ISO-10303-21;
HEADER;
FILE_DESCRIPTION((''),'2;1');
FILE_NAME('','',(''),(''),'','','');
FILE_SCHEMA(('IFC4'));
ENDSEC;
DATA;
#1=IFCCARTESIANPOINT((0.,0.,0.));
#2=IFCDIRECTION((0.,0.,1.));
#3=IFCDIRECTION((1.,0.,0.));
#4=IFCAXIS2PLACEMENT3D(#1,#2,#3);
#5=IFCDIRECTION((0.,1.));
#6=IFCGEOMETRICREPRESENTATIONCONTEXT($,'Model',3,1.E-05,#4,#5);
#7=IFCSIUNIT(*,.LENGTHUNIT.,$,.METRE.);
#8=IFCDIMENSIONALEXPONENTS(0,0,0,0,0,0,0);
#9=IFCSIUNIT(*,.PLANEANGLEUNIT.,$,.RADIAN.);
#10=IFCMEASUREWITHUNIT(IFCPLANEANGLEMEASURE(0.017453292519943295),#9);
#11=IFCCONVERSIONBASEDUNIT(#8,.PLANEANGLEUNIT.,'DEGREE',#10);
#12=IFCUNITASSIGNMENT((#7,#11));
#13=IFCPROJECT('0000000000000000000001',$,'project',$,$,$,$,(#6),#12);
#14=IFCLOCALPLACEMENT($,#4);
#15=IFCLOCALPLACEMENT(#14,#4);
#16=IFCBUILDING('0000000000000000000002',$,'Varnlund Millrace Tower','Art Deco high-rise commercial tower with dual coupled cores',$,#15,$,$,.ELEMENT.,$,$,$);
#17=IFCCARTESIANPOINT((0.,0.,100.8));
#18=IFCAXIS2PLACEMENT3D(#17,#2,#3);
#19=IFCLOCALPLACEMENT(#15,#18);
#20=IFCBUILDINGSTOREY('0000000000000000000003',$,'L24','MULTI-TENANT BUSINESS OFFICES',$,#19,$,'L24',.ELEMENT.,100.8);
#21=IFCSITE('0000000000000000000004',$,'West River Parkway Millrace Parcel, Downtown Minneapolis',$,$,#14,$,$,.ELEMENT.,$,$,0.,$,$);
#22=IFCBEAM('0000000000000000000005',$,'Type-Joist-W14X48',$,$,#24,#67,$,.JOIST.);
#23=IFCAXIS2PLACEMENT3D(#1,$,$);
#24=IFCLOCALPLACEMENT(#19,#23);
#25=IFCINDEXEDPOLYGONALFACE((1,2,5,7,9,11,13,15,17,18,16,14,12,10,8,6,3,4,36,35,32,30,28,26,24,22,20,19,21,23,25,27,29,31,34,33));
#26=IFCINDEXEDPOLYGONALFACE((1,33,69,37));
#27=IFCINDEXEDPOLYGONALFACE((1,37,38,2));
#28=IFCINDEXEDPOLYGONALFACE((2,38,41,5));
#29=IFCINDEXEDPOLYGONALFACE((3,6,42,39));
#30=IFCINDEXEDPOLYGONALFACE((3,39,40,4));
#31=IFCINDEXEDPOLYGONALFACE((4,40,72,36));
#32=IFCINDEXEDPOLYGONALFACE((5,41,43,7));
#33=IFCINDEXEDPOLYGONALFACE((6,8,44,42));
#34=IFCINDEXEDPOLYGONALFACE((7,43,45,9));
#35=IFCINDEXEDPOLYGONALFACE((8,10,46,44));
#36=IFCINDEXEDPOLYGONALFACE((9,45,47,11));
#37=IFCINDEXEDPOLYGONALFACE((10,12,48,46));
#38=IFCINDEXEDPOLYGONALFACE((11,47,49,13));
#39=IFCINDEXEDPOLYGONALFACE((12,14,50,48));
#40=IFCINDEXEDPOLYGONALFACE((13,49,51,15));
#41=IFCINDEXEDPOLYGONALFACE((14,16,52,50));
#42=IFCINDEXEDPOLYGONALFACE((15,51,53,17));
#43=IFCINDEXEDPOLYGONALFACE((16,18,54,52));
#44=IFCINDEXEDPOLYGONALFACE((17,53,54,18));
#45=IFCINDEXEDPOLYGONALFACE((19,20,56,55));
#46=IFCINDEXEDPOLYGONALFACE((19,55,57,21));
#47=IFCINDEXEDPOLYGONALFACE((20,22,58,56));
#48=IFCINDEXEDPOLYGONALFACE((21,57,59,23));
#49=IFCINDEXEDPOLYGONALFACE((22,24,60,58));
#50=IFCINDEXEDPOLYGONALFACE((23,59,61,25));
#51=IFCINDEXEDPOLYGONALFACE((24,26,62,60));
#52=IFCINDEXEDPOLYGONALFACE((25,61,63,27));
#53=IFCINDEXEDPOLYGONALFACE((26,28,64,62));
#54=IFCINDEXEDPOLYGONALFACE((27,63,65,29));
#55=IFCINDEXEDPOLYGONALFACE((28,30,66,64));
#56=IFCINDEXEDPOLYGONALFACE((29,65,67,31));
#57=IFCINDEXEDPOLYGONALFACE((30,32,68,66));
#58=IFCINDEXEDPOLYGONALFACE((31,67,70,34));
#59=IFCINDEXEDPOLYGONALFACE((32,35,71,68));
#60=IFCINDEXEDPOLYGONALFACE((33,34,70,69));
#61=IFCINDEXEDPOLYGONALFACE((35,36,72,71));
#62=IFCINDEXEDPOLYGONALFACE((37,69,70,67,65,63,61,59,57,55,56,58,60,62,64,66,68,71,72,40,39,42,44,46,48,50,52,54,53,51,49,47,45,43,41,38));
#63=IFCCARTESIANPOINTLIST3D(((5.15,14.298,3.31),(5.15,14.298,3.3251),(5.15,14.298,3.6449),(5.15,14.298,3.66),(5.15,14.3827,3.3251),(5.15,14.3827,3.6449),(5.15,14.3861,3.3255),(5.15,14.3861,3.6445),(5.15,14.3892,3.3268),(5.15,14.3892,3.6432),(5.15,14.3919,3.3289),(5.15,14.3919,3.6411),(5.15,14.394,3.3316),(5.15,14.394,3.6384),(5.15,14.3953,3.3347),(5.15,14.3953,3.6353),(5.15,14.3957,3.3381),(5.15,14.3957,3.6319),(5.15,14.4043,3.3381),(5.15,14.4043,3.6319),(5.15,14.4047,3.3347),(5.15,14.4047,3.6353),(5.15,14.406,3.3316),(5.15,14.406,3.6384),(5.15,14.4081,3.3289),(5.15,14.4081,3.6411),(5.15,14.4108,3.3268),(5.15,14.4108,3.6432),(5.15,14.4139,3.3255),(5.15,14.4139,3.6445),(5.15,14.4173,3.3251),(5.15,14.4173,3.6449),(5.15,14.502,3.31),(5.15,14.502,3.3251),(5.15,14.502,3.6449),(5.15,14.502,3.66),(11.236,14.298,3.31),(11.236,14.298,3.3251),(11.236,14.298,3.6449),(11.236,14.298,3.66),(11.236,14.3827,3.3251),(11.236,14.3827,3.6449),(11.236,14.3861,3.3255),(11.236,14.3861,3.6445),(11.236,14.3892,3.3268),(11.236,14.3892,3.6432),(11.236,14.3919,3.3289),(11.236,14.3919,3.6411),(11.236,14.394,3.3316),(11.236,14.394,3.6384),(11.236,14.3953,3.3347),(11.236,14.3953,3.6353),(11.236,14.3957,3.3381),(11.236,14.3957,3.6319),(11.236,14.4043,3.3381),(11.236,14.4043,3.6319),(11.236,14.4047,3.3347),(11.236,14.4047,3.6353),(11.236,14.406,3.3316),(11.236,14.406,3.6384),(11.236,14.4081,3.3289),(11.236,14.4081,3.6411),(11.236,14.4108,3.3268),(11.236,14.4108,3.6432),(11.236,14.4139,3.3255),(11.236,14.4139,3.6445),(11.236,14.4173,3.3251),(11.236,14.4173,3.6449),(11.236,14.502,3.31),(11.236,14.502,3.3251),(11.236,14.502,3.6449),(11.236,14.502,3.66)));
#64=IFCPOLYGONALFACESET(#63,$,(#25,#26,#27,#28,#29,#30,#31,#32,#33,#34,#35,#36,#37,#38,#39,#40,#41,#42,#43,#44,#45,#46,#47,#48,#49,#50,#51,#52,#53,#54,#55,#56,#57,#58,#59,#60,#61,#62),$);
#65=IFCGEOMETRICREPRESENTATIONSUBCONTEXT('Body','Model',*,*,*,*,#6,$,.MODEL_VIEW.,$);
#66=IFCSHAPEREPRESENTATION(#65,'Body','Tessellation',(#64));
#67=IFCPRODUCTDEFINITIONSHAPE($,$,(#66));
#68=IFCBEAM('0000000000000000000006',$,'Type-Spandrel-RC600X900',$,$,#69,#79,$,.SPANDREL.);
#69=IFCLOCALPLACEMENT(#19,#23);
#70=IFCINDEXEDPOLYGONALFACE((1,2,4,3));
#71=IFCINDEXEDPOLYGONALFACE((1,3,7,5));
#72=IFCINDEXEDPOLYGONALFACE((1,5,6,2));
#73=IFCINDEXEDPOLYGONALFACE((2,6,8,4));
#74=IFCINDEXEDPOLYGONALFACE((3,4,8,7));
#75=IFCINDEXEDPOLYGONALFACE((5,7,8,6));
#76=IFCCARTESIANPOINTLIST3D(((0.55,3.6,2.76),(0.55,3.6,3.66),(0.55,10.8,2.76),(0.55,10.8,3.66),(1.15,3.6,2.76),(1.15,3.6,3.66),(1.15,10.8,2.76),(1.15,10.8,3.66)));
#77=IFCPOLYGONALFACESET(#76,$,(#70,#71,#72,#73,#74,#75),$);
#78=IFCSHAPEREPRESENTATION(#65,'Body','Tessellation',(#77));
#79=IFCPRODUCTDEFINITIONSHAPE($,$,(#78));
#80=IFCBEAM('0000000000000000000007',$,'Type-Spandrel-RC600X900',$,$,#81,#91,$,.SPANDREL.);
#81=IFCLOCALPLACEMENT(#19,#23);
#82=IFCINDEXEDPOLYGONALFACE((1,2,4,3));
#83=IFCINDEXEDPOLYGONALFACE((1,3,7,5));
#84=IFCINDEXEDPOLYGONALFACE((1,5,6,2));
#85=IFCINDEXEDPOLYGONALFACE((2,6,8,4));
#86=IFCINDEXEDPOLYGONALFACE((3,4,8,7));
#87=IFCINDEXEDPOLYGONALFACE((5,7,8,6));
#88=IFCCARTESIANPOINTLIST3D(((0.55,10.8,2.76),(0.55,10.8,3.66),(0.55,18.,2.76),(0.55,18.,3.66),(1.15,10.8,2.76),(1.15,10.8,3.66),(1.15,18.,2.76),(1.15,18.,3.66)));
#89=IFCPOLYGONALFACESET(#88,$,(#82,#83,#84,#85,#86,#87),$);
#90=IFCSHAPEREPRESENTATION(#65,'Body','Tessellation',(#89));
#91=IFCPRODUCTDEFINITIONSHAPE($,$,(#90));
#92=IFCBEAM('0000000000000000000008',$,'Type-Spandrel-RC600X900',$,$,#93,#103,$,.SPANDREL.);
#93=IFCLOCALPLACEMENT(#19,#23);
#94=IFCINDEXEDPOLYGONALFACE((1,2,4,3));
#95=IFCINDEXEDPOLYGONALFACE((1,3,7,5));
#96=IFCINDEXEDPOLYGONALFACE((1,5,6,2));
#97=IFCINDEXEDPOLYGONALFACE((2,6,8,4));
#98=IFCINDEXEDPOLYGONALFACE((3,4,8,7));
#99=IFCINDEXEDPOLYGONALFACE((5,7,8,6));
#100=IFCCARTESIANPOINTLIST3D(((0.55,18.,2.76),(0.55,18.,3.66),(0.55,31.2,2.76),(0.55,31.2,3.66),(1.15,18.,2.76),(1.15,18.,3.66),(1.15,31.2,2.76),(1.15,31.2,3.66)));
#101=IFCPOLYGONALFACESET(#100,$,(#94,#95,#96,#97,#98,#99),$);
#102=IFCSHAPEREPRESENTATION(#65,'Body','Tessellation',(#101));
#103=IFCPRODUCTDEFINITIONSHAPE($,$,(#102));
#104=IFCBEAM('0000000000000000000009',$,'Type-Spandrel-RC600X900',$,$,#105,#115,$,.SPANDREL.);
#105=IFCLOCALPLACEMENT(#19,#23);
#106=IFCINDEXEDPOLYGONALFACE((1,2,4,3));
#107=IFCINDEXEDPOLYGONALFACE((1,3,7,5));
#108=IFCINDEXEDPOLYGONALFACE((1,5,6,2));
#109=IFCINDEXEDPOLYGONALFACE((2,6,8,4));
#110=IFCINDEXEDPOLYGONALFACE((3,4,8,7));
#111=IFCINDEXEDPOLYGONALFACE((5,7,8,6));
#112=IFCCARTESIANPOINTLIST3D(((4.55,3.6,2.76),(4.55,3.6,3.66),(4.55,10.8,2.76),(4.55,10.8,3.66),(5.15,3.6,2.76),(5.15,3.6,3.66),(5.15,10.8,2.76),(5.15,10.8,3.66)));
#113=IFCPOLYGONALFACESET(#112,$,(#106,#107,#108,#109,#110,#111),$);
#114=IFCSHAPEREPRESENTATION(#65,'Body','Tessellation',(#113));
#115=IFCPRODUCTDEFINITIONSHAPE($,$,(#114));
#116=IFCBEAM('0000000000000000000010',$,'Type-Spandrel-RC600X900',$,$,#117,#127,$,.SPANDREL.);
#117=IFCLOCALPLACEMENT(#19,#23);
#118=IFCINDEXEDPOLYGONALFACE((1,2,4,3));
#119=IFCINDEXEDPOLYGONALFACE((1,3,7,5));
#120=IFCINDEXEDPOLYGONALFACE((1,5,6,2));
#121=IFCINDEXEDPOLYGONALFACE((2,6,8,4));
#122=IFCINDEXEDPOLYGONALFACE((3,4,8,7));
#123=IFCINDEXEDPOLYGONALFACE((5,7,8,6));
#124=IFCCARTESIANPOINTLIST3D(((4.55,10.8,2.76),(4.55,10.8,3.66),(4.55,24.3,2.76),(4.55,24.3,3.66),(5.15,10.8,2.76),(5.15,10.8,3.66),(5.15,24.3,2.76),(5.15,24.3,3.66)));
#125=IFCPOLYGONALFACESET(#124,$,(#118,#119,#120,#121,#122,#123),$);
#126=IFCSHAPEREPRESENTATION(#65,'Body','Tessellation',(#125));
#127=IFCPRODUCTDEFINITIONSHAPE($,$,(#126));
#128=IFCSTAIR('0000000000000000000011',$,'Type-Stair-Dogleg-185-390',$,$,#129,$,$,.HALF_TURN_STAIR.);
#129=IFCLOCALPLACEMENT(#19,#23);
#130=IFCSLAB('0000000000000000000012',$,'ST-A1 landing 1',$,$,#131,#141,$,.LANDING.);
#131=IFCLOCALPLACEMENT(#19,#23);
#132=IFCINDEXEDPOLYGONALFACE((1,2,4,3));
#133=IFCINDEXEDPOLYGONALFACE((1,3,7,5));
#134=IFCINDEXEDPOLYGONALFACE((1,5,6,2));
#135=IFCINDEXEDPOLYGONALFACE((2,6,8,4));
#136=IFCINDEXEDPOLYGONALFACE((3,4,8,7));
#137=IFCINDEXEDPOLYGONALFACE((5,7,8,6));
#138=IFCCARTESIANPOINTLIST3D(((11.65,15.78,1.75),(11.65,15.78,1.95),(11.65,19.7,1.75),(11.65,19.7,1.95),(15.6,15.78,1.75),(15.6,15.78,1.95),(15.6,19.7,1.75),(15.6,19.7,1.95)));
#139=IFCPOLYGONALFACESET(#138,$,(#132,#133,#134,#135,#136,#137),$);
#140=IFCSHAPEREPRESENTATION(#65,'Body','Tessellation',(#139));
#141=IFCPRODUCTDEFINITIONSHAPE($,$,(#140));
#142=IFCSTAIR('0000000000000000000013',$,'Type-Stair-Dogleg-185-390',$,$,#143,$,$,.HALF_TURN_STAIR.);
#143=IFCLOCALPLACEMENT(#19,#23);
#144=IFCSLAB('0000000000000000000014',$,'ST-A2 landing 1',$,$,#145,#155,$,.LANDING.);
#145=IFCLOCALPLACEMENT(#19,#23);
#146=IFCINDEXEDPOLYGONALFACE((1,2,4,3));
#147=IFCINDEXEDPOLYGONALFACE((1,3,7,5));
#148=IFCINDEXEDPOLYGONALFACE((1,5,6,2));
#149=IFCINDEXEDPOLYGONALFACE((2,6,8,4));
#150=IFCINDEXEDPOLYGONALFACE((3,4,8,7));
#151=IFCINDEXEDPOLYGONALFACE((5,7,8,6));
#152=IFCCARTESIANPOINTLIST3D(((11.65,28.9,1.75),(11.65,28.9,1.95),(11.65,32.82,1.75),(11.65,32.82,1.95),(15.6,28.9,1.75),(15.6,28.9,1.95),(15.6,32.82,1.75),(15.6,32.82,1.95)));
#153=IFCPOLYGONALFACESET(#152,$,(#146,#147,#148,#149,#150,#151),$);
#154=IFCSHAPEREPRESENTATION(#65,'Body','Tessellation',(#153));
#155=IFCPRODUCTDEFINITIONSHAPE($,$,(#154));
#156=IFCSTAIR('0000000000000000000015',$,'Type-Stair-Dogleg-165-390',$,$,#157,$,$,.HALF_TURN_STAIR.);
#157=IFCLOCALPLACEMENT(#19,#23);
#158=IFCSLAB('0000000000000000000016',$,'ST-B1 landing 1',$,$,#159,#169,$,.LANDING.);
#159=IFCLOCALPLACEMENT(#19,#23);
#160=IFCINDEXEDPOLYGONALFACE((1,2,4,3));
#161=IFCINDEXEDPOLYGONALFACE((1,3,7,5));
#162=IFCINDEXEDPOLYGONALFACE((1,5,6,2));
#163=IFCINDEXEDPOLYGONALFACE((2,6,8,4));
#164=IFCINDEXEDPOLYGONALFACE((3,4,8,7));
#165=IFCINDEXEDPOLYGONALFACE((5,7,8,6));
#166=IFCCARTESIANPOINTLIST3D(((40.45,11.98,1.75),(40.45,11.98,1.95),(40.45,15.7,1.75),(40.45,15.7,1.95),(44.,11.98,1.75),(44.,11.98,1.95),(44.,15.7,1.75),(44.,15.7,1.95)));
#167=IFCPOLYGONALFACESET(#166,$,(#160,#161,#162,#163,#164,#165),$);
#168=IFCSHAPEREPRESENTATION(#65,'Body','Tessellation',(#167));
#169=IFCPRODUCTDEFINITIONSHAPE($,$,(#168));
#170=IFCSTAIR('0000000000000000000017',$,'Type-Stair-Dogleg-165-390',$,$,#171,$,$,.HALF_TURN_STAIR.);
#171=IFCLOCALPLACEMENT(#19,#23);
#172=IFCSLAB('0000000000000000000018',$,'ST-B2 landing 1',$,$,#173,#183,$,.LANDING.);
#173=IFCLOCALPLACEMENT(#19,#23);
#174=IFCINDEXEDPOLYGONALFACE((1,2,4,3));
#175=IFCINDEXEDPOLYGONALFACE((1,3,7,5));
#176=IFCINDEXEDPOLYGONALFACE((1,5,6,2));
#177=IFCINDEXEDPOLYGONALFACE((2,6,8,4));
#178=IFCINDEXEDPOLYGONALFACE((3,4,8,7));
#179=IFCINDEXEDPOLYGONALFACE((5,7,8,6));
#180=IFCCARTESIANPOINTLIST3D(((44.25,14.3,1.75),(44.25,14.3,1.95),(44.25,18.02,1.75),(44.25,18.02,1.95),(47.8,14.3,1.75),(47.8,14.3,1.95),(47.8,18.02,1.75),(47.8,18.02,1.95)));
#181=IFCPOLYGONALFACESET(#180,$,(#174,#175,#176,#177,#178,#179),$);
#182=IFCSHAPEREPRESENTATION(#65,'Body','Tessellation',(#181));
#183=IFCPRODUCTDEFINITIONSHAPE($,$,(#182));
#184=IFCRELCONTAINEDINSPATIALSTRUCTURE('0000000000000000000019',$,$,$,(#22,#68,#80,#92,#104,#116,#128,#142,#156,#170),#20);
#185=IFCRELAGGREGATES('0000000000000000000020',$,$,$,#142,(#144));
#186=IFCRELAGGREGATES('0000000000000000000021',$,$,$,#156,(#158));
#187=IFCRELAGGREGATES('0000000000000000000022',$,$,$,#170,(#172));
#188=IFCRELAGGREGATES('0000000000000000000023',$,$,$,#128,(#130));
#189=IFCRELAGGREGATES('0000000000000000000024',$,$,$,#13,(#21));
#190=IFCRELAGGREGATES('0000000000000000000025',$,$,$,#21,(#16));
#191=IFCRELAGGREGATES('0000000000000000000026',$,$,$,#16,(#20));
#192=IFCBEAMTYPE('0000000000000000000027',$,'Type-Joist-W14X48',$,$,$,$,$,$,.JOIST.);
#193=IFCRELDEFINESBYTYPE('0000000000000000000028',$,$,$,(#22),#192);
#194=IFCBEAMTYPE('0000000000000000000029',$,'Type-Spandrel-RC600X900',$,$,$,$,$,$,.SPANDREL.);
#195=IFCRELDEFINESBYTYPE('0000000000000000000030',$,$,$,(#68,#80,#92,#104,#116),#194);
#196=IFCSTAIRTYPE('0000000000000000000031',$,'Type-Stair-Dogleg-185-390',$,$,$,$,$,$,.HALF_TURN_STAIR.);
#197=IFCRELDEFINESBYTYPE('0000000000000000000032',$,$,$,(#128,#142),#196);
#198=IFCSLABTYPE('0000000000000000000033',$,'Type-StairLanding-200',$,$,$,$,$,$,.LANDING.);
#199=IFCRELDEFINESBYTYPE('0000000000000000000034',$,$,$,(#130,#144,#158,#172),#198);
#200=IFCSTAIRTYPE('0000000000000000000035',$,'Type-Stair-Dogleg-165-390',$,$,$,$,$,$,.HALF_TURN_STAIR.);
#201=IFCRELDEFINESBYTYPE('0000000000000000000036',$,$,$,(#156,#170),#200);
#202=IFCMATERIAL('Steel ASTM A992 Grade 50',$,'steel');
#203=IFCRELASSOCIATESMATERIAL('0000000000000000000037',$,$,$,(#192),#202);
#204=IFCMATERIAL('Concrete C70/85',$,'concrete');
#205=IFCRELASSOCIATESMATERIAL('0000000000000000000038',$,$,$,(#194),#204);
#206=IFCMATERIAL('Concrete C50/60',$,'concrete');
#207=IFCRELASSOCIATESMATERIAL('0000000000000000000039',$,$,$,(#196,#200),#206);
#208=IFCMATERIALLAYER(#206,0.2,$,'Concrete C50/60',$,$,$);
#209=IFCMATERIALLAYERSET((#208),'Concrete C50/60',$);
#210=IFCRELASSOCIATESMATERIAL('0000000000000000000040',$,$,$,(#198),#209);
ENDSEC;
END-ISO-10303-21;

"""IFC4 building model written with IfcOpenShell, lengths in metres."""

from ifc_helpers import new_model, entity, si_unit, converted_unit, direction, frame, origin_with_axes, origin_2d_with_axis, place, context, subcontext, project, spatial, polyline, rectangle, i_section, outline, extrude, material, layer, layer_set, material_profile, profile_set, type_object, element, aggregate, save


model = new_model("IFC4")

# Units and contexts
model_context = context("Model", 3, precision=1e-05, world=origin_with_axes(), true_north=direction((0.0, 1.0)))
body_context = subcontext(model_context, "Body", "Model", "MODEL_VIEW")
ifc_project = project(units=[si_unit("LENGTHUNIT", "METRE"), converted_unit("PLANEANGLEUNIT", "DEGREE", entity("IfcPlaneAngleMeasure", 0.017453292519943295), si_unit("PLANEANGLEUNIT", "RADIAN"), dimensions=[0, 0, 0, 0, 0, 0, 0])], contexts=[model_context])

# Site, building, storey
site_placement = place(None, origin_with_axes())
site = spatial("IfcSite", under=ifc_project, at=site_placement, Name="West River Parkway Millrace Parcel, Downtown Minneapolis", CompositionType="ELEMENT", RefElevation=0.0)
building_placement = place(site_placement, origin_with_axes())
building = spatial("IfcBuilding", under=site, at=building_placement, Name="Varnlund Millrace Tower", Description="Art Deco high-rise commercial tower with dual coupled cores", CompositionType="ELEMENT")
storey_placement = place(building_placement, frame((0.0, 0.0, 100.8), z_axis=(0.0, 0.0, 1.0), x_axis=(1.0, 0.0, 0.0)))
storey = spatial("IfcBuildingStorey", under=building, at=storey_placement, Name="L24", Description="MULTI-TENANT BUSINESS OFFICES", LongName="L24", CompositionType="ELEMENT", Elevation=100.8)

# Beams
ifc_material_1 = material(Name="Steel ASTM A992 Grade 50", Category="steel")
ifc_material_profile_1 = material_profile(ifc_material_1, i_section(OverallWidth=0.204, OverallDepth=0.35, WebThickness=0.0086, FlangeThickness=0.0151, FilletRadius=0.013, at=origin_2d_with_axis()), Name="Steel ASTM A992 Grade 50")
ifc_profile_set_1 = profile_set([ifc_material_profile_1], Name="Steel ASTM A992 Grade 50")
beam_type_1 = type_object("IfcBeamType", Name="Type-Joist-W14X48", PredefinedType="JOIST", material=ifc_profile_set_1)
for number, where, z_axis, x_axis, name in (
    (1, (5.15, 14.4, 3.485), (1.0, 0.0, 0.0), (0.0, 1.0, 0.0), "Type-Joist-W14X48"),
):
    element("IfcBeam", number, at=place(storey_placement, frame(where, z_axis=z_axis, x_axis=x_axis)), inside=storey, type_object=beam_type_1, Name=name, PredefinedType="JOIST", context=body_context, shape_type="SweptSolid", body=[
        extrude(i_section(OverallWidth=0.204, OverallDepth=0.35, WebThickness=0.0086, FlangeThickness=0.0151, FilletRadius=0.013, at=origin_2d_with_axis()), origin_with_axes(), (0.0, 0.0, 1.0), 6.086),
    ])
ifc_material_2 = material(Name="Concrete C70/85", Category="concrete")
ifc_material_profile_2 = material_profile(ifc_material_2, rectangle(XDim=0.6, YDim=0.9, at=origin_2d_with_axis()), Name="Concrete C70/85")
ifc_profile_set_2 = profile_set([ifc_material_profile_2], Name="Concrete C70/85")
beam_type_2 = type_object("IfcBeamType", Name="Type-Spandrel-RC600X900", PredefinedType="SPANDREL", material=ifc_profile_set_2)
for number, where, z_axis, x_axis, name in (
    (2, (0.85, 3.6, 3.21), (0.0, 1.0, 0.0), (-1.0, 0.0, 0.0), "Type-Spandrel-RC600X900"),
    (3, (0.85, 10.8, 3.21), (0.0, 1.0, 0.0), (-1.0, 0.0, 0.0), "Type-Spandrel-RC600X900"),
):
    element("IfcBeam", number, at=place(storey_placement, frame(where, z_axis=z_axis, x_axis=x_axis)), inside=storey, type_object=beam_type_2, Name=name, PredefinedType="SPANDREL", context=body_context, shape_type="SweptSolid", body=[
        extrude(rectangle(XDim=0.6, YDim=0.9, at=origin_2d_with_axis()), origin_with_axes(), (0.0, 0.0, 1.0), 7.2),
    ])
beam_1_placement = place(storey_placement, frame((0.85, 18.0, 3.21), z_axis=(0.0, 1.0, 0.0), x_axis=(-1.0, 0.0, 0.0)))
element("IfcBeam", 4, at=beam_1_placement, inside=storey, type_object=beam_type_2, Name="Type-Spandrel-RC600X900", PredefinedType="SPANDREL", context=body_context, shape_type="SweptSolid", body=[
    extrude(rectangle(XDim=0.6, YDim=0.9, at=origin_2d_with_axis()), origin_with_axes(), (0.0, 0.0, 1.0), 13.2),
])
beam_2_placement = place(storey_placement, frame((4.85, 3.6, 3.21), z_axis=(0.0, 1.0, 0.0), x_axis=(-1.0, 0.0, 0.0)))
element("IfcBeam", 5, at=beam_2_placement, inside=storey, type_object=beam_type_2, Name="Type-Spandrel-RC600X900", PredefinedType="SPANDREL", context=body_context, shape_type="SweptSolid", body=[
    extrude(rectangle(XDim=0.6, YDim=0.9, at=origin_2d_with_axis()), origin_with_axes(), (0.0, 0.0, 1.0), 7.2),
])
beam_3_placement = place(storey_placement, frame((4.85, 10.8, 3.21), z_axis=(0.0, 1.0, 0.0), x_axis=(-1.0, 0.0, 0.0)))
element("IfcBeam", 6, at=beam_3_placement, inside=storey, type_object=beam_type_2, Name="Type-Spandrel-RC600X900", PredefinedType="SPANDREL", context=body_context, shape_type="SweptSolid", body=[
    extrude(rectangle(XDim=0.6, YDim=0.9, at=origin_2d_with_axis()), origin_with_axes(), (0.0, 0.0, 1.0), 13.5),
])

# Stairs, slabs
ifc_material_3 = material(Name="Concrete C50/60", Category="concrete")
stair_type_1 = type_object("IfcStairType", Name="Type-Stair-Dogleg-185-390", PredefinedType="HALF_TURN_STAIR", material=ifc_material_3)
stair_1_placement = place(storey_placement, origin_with_axes())
stair_1 = element("IfcStair", 7, at=stair_1_placement, inside=storey, type_object=stair_type_1, Name="Type-Stair-Dogleg-185-390", PredefinedType="HALF_TURN_STAIR")
ifc_layer_1 = layer(ifc_material_3, 0.2, Name="Concrete C50/60")
ifc_layer_set_1 = layer_set([ifc_layer_1], Name="Concrete C50/60")
slab_type = type_object("IfcSlabType", Name="Type-StairLanding-200", PredefinedType="LANDING", material=ifc_layer_set_1)
slab_1_placement = place(storey_placement, frame((0.0, 0.0, 1.75), z_axis=(0.0, 0.0, 1.0), x_axis=(1.0, 0.0, 0.0)))
slab_1 = element("IfcSlab", 8, at=slab_1_placement, type_object=slab_type, Name="ST-A1 landing 1", PredefinedType="LANDING", context=body_context, shape_type="SweptSolid", body=[
    extrude(outline(polyline([(15.6, 15.78), (15.6, 19.7), (11.65, 19.7), (11.65, 15.78), (15.6, 15.78)])), origin_with_axes(), (0.0, 0.0, 1.0), 0.2),
])
stair_2_placement = place(storey_placement, origin_with_axes())
stair_2 = element("IfcStair", 9, at=stair_2_placement, inside=storey, type_object=stair_type_1, Name="Type-Stair-Dogleg-185-390", PredefinedType="HALF_TURN_STAIR")
slab_2_placement = place(storey_placement, frame((0.0, 0.0, 1.75), z_axis=(0.0, 0.0, 1.0), x_axis=(1.0, 0.0, 0.0)))
slab_2 = element("IfcSlab", 10, at=slab_2_placement, type_object=slab_type, Name="ST-A2 landing 1", PredefinedType="LANDING", context=body_context, shape_type="SweptSolid", body=[
    extrude(outline(polyline([(11.65, 32.82), (11.65, 28.9), (15.6, 28.9), (15.6, 32.82), (11.65, 32.82)])), origin_with_axes(), (0.0, 0.0, 1.0), 0.2),
])
aggregate(stair_2, [slab_2])
stair_type_2 = type_object("IfcStairType", Name="Type-Stair-Dogleg-165-390", PredefinedType="HALF_TURN_STAIR", material=ifc_material_3)
stair_3_placement = place(storey_placement, origin_with_axes())
stair_3 = element("IfcStair", 11, at=stair_3_placement, inside=storey, type_object=stair_type_2, Name="Type-Stair-Dogleg-165-390", PredefinedType="HALF_TURN_STAIR")
slab_3_placement = place(storey_placement, frame((0.0, 0.0, 1.75), z_axis=(0.0, 0.0, 1.0), x_axis=(1.0, 0.0, 0.0)))
slab_3 = element("IfcSlab", 12, at=slab_3_placement, type_object=slab_type, Name="ST-B1 landing 1", PredefinedType="LANDING", context=body_context, shape_type="SweptSolid", body=[
    extrude(outline(polyline([(44.0, 11.98), (44.0, 15.7), (40.45, 15.7), (40.45, 11.98), (44.0, 11.98)])), origin_with_axes(), (0.0, 0.0, 1.0), 0.2),
])
aggregate(stair_3, [slab_3])
stair_4_placement = place(storey_placement, origin_with_axes())
stair_4 = element("IfcStair", 13, at=stair_4_placement, inside=storey, type_object=stair_type_2, Name="Type-Stair-Dogleg-165-390", PredefinedType="HALF_TURN_STAIR")
slab_4_placement = place(storey_placement, frame((0.0, 0.0, 1.75), z_axis=(0.0, 0.0, 1.0), x_axis=(1.0, 0.0, 0.0)))
slab_4 = element("IfcSlab", 14, at=slab_4_placement, type_object=slab_type, Name="ST-B2 landing 1", PredefinedType="LANDING", context=body_context, shape_type="SweptSolid", body=[
    extrude(outline(polyline([(44.25, 18.02), (44.25, 14.3), (47.8, 14.3), (47.8, 18.02), (44.25, 18.02)])), origin_with_axes(), (0.0, 0.0, 1.0), 0.2),
])
aggregate(stair_4, [slab_4])

aggregate(stair_1, [slab_1])

save(model, "model.ifc")
